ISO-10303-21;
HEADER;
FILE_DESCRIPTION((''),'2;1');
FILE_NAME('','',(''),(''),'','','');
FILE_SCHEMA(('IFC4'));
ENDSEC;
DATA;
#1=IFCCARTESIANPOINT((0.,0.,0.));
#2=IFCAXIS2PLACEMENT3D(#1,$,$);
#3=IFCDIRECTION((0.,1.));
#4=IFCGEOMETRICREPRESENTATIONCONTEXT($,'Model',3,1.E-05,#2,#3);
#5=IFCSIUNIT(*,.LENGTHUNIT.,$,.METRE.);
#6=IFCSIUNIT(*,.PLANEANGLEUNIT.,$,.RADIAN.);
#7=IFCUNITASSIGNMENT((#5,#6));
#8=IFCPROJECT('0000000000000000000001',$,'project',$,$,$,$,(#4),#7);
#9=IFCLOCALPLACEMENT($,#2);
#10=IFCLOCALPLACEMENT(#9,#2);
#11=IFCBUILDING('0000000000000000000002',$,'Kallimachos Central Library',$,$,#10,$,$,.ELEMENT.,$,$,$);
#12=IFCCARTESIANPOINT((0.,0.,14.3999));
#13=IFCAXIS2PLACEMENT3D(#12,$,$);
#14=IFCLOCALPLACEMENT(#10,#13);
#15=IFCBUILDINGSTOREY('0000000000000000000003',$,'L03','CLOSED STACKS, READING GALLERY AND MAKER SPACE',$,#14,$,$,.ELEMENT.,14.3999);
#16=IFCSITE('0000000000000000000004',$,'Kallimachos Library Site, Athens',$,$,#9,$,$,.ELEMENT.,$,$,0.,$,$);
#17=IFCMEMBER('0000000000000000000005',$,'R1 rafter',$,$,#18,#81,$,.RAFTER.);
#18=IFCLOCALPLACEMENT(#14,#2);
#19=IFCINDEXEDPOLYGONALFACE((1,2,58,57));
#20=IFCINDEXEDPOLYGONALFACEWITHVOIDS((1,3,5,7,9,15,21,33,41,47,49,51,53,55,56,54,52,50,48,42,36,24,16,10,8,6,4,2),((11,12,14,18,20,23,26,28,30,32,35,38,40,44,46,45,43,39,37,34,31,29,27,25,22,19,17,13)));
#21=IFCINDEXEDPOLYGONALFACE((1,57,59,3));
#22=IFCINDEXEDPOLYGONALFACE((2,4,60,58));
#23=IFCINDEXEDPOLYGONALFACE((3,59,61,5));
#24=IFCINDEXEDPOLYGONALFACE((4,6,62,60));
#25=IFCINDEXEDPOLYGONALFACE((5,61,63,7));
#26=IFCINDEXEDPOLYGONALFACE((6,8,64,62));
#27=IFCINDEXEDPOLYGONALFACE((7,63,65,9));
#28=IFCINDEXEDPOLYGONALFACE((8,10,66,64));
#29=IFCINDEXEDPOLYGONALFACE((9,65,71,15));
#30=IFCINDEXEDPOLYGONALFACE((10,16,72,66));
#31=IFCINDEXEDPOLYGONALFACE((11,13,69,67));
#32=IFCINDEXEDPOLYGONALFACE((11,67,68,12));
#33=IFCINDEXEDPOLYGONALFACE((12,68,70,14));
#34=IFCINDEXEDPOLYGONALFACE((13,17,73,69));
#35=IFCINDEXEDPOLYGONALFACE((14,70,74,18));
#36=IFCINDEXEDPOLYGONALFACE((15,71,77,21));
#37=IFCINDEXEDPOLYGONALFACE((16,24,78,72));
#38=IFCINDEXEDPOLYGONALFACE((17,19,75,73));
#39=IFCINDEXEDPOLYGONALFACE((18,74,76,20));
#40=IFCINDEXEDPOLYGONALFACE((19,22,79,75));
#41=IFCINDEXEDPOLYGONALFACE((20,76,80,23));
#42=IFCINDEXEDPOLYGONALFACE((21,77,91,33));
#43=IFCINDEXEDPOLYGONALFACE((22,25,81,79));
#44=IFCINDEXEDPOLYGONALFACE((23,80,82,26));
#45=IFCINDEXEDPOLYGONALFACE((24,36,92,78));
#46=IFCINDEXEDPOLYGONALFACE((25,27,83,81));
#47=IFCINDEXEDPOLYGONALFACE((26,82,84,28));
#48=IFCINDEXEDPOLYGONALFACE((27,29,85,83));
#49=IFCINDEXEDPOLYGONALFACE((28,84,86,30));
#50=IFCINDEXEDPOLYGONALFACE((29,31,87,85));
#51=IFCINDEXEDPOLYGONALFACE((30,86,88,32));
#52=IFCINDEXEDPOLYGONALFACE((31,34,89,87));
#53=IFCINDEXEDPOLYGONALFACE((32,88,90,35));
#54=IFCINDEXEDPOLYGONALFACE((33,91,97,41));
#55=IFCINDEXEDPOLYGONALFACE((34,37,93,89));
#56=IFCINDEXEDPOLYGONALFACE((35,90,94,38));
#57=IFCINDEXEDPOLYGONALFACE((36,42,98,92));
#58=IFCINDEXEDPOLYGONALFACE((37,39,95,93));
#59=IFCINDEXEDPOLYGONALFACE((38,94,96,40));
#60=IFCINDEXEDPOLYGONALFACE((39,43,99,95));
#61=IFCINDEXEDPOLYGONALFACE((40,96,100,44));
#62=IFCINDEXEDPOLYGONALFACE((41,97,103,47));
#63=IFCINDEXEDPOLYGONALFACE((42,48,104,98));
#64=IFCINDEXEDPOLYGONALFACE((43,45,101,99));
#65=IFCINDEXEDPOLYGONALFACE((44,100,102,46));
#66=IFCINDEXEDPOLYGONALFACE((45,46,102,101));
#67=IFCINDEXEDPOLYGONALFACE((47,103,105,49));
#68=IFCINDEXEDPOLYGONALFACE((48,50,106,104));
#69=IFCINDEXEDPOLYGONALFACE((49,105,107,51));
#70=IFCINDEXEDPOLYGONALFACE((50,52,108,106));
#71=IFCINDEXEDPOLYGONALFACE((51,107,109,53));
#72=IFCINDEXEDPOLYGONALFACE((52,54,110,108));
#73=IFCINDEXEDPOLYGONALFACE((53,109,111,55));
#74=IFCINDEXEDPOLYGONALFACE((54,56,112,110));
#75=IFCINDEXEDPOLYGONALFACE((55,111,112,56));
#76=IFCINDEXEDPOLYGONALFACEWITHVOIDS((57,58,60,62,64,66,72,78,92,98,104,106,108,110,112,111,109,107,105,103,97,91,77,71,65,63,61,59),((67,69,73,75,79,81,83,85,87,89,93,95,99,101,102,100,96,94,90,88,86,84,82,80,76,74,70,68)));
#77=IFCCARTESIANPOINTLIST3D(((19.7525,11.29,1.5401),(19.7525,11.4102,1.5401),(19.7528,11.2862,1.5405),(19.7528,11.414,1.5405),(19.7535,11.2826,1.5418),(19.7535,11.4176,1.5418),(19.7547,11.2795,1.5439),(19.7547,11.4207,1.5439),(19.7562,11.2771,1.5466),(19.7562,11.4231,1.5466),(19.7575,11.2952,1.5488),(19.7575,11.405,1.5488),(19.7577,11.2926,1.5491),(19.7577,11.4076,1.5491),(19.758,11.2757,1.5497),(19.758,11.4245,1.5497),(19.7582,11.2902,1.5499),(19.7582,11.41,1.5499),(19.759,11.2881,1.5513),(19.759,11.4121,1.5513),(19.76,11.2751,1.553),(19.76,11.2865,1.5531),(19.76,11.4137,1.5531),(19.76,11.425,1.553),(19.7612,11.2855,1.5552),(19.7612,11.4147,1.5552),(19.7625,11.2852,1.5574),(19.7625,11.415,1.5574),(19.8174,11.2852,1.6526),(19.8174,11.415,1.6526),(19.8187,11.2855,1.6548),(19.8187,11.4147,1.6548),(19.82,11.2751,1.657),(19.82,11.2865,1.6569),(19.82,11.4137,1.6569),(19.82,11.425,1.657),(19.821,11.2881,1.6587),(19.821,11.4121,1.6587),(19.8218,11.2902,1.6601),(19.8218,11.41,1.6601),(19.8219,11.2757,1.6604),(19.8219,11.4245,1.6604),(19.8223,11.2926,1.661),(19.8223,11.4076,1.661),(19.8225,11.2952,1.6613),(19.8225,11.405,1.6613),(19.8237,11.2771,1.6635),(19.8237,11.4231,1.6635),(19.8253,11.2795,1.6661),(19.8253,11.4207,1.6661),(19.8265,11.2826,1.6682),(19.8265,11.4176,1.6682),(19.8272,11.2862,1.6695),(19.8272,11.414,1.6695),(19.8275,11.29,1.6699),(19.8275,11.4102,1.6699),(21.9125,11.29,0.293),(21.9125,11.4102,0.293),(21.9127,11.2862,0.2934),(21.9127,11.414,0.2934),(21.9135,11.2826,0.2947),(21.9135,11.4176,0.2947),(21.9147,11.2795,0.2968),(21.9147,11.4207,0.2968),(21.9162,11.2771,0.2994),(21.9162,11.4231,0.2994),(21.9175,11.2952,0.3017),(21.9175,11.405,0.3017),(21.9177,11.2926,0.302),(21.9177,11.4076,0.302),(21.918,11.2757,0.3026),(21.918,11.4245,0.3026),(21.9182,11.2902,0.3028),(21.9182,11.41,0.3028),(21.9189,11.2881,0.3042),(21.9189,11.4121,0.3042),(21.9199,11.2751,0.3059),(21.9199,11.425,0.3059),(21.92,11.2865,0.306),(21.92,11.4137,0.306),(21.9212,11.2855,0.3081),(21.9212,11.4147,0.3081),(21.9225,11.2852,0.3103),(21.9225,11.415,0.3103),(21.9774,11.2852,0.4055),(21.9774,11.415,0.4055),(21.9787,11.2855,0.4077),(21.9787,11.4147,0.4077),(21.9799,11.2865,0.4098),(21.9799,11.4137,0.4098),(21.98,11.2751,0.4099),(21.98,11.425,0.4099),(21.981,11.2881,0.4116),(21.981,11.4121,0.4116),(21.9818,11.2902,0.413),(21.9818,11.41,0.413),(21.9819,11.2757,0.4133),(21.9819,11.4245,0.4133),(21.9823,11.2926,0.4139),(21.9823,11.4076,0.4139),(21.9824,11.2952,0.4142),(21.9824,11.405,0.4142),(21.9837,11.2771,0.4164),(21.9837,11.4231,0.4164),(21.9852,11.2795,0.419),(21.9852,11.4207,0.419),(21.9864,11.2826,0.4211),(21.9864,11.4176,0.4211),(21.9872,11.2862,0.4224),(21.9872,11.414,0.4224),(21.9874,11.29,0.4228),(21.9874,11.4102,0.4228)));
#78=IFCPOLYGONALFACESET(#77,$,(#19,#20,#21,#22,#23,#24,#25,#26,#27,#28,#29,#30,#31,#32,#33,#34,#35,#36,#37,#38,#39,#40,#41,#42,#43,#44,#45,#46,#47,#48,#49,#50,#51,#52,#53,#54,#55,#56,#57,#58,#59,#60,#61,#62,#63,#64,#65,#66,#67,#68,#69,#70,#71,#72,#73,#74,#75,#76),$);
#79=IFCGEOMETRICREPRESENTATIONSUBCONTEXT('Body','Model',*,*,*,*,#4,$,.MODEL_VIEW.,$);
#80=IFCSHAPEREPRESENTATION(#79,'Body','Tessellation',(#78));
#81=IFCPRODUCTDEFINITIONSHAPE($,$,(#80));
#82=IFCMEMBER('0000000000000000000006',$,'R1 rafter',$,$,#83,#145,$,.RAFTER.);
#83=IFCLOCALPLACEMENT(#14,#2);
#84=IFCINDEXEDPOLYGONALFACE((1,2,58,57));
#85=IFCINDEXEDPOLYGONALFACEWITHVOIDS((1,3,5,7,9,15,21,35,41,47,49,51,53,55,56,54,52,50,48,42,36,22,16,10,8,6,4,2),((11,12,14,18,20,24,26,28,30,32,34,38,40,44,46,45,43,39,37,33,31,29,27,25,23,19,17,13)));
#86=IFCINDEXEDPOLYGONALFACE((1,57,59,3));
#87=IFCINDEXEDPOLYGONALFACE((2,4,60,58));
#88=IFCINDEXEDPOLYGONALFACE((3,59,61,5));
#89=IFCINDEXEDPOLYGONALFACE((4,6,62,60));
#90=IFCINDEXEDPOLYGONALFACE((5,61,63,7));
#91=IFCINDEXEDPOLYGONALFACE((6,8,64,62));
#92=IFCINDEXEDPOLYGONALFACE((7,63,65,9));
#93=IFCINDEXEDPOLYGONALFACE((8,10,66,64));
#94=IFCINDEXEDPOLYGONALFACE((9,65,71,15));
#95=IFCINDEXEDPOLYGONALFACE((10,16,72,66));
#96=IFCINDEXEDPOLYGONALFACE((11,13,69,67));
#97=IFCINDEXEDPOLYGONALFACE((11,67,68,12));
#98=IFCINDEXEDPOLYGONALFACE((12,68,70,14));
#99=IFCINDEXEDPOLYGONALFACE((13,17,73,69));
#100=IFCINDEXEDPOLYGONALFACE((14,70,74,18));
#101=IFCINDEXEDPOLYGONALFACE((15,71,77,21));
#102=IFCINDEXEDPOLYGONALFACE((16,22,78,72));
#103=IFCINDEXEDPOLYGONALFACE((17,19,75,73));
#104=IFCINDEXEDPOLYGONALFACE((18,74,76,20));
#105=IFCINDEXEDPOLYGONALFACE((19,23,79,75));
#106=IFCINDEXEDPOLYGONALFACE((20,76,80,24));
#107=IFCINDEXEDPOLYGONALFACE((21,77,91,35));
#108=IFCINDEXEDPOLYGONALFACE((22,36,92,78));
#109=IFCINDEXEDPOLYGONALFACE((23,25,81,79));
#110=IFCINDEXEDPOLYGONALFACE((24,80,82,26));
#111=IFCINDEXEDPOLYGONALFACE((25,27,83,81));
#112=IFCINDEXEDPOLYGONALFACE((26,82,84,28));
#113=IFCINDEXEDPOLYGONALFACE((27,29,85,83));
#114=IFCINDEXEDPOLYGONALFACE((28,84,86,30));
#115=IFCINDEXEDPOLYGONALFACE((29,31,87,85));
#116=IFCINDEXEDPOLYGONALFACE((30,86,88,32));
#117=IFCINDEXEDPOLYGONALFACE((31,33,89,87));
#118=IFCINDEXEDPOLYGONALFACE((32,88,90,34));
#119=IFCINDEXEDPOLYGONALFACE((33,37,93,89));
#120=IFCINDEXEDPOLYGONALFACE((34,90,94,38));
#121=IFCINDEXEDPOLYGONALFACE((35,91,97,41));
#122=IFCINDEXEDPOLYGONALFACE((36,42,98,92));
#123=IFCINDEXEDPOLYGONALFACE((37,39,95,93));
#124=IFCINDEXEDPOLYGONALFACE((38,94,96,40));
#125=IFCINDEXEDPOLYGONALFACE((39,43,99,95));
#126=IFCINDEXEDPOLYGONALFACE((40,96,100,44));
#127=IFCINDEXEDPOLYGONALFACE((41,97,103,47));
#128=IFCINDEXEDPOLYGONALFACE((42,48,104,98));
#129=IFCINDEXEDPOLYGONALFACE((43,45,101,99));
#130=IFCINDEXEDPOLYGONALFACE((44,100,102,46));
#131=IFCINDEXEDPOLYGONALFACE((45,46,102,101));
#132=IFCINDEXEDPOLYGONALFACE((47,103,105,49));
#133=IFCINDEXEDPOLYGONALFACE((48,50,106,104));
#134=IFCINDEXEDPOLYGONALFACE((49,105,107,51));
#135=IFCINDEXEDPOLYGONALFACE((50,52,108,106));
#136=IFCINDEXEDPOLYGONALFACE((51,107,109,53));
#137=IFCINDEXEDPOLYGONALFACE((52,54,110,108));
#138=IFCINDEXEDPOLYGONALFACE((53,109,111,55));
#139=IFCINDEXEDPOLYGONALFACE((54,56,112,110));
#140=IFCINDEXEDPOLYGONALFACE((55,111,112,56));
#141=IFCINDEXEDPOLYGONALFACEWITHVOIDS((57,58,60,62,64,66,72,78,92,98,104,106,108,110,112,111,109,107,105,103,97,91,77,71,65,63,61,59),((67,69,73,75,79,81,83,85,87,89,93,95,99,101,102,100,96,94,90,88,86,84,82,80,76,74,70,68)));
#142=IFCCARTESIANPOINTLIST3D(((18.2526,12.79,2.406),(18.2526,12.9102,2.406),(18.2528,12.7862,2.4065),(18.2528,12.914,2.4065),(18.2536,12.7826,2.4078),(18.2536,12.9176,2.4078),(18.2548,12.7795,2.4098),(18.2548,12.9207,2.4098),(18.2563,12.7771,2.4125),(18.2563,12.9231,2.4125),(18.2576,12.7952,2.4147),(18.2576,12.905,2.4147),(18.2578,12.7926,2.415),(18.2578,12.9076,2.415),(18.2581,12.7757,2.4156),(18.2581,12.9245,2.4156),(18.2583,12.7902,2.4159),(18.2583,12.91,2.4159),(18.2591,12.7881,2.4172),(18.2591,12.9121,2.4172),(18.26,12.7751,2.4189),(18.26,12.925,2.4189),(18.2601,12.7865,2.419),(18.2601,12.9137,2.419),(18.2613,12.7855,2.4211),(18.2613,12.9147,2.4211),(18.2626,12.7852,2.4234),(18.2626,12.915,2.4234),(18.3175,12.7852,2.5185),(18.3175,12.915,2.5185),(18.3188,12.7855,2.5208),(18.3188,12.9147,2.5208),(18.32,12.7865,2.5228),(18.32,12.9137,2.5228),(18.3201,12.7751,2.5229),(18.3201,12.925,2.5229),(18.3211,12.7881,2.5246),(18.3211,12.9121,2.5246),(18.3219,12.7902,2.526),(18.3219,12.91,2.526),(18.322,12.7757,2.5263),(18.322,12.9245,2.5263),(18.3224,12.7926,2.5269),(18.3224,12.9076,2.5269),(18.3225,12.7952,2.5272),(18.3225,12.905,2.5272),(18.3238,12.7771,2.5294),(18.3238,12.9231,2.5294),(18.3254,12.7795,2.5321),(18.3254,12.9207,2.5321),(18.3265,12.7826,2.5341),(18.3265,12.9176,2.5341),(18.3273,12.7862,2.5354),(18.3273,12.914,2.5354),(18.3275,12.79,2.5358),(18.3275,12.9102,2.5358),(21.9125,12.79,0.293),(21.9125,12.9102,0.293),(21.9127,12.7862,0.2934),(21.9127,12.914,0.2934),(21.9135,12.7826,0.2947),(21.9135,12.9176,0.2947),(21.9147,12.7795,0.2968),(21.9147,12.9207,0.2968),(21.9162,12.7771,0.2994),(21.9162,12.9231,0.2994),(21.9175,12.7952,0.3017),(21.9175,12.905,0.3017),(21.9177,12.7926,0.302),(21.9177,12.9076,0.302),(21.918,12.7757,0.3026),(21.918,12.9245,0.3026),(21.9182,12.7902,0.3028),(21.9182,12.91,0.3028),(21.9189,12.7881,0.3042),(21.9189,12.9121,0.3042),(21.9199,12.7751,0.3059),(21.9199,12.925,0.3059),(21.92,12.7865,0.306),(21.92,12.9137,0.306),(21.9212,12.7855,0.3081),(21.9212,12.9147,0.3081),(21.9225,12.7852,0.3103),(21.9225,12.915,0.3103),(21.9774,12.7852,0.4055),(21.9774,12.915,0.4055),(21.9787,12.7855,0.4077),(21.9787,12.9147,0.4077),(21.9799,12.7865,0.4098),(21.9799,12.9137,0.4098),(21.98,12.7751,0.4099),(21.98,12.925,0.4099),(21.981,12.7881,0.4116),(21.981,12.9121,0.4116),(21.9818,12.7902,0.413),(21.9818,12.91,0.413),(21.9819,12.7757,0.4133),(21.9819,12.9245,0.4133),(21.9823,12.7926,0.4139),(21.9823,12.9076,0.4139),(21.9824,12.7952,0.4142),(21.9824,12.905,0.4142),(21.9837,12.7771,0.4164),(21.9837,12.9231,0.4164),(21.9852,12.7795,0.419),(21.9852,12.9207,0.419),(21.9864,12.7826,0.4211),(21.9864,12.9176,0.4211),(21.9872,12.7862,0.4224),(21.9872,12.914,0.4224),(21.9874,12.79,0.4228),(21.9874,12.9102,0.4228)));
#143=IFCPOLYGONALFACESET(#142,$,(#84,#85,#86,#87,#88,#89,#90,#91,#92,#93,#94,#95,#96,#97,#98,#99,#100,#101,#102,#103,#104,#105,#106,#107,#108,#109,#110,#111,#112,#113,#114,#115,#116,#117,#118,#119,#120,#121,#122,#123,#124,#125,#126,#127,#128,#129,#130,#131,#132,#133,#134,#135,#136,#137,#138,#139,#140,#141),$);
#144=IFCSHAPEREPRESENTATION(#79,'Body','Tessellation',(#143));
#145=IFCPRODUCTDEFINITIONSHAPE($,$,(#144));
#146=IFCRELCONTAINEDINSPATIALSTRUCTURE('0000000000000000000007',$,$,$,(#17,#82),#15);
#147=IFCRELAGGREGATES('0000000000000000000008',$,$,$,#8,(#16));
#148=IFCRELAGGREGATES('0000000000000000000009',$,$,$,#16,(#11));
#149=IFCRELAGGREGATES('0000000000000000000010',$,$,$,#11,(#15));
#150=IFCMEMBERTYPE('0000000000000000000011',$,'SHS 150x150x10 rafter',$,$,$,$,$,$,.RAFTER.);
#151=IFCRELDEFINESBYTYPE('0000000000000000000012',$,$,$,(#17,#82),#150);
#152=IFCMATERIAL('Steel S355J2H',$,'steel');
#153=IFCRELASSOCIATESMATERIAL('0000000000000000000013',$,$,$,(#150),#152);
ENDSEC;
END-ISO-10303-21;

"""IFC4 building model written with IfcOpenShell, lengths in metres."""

from ifc_helpers import new_model, si_unit, direction, frame, origin, origin_2d, place, context, subcontext, project, spatial, hollow_rectangle, extrude, material, material_profile, profile_set, type_object, element, save


model = new_model("IFC4")

# Units and contexts
model_context = context("Model", 3, precision=1e-05, world=origin(), true_north=direction((0.0, 1.0)))
body_context = subcontext(model_context, "Body", "Model", "MODEL_VIEW")
ifc_project = project(units=[si_unit("LENGTHUNIT", "METRE"), si_unit("PLANEANGLEUNIT", "RADIAN")], contexts=[model_context])

# Site, building, storey
site_placement = place(None, origin())
site = spatial("IfcSite", under=ifc_project, at=site_placement, Name="Kallimachos Library Site, Athens", CompositionType="ELEMENT", RefElevation=0.0)
building_placement = place(site_placement, origin())
building = spatial("IfcBuilding", under=site, at=building_placement, Name="Kallimachos Central Library", CompositionType="ELEMENT")
storey_placement = place(building_placement, frame((0.0, 0.0, 14.3999)))
storey = spatial("IfcBuildingStorey", under=building, at=storey_placement, Name="L03", Description="CLOSED STACKS, READING GALLERY AND MAKER SPACE", CompositionType="ELEMENT", Elevation=14.3999)

# Members
ifc_material_1 = material(Name="Steel S355J2H", Category="steel")
ifc_material_profile_1 = material_profile(ifc_material_1, hollow_rectangle(XDim=0.1499, YDim=0.1499, WallThickness=0.01, InnerFilletRadius=0.01, OuterFilletRadius=0.0149, at=origin_2d()), Name="SHS 150x150x10")
ifc_profile_set_1 = profile_set([ifc_material_profile_1], Name="Steel S355J2H")
member_type_1 = type_object("IfcMemberType", Name="SHS 150x150x10 rafter", PredefinedType="RAFTER", material=ifc_profile_set_1)
member_1_placement = place(storey_placement, frame((21.95, 11.3501, 0.3579), z_axis=(-0.866018, 0.0, 0.500013), x_axis=(0.0, -1.0, 0.0)))
element("IfcMember", 1, at=member_1_placement, inside=storey, type_object=member_type_1, Name="R1 rafter", PredefinedType="RAFTER", context=body_context, shape_type="SweptSolid", body=[
    extrude(hollow_rectangle(XDim=0.1499, YDim=0.1499, WallThickness=0.01, InnerFilletRadius=0.01, OuterFilletRadius=0.0149, at=origin_2d()), origin(), (0.0, 0.0, 1.0), 2.4941),
])
member_2_placement = place(storey_placement, frame((21.95, 12.8501, 0.3579), z_axis=(-0.866027, 0.0, 0.499997), x_axis=(0.0, -1.0, 0.0)))
element("IfcMember", 2, at=member_2_placement, inside=storey, type_object=member_type_1, Name="R1 rafter", PredefinedType="RAFTER", context=body_context, shape_type="SweptSolid", body=[
    extrude(hollow_rectangle(XDim=0.1499, YDim=0.1499, WallThickness=0.01, InnerFilletRadius=0.01, OuterFilletRadius=0.0149, at=origin_2d()), origin(), (0.0, 0.0, 1.0), 4.2261),
])

save(model, "model.ifc")
